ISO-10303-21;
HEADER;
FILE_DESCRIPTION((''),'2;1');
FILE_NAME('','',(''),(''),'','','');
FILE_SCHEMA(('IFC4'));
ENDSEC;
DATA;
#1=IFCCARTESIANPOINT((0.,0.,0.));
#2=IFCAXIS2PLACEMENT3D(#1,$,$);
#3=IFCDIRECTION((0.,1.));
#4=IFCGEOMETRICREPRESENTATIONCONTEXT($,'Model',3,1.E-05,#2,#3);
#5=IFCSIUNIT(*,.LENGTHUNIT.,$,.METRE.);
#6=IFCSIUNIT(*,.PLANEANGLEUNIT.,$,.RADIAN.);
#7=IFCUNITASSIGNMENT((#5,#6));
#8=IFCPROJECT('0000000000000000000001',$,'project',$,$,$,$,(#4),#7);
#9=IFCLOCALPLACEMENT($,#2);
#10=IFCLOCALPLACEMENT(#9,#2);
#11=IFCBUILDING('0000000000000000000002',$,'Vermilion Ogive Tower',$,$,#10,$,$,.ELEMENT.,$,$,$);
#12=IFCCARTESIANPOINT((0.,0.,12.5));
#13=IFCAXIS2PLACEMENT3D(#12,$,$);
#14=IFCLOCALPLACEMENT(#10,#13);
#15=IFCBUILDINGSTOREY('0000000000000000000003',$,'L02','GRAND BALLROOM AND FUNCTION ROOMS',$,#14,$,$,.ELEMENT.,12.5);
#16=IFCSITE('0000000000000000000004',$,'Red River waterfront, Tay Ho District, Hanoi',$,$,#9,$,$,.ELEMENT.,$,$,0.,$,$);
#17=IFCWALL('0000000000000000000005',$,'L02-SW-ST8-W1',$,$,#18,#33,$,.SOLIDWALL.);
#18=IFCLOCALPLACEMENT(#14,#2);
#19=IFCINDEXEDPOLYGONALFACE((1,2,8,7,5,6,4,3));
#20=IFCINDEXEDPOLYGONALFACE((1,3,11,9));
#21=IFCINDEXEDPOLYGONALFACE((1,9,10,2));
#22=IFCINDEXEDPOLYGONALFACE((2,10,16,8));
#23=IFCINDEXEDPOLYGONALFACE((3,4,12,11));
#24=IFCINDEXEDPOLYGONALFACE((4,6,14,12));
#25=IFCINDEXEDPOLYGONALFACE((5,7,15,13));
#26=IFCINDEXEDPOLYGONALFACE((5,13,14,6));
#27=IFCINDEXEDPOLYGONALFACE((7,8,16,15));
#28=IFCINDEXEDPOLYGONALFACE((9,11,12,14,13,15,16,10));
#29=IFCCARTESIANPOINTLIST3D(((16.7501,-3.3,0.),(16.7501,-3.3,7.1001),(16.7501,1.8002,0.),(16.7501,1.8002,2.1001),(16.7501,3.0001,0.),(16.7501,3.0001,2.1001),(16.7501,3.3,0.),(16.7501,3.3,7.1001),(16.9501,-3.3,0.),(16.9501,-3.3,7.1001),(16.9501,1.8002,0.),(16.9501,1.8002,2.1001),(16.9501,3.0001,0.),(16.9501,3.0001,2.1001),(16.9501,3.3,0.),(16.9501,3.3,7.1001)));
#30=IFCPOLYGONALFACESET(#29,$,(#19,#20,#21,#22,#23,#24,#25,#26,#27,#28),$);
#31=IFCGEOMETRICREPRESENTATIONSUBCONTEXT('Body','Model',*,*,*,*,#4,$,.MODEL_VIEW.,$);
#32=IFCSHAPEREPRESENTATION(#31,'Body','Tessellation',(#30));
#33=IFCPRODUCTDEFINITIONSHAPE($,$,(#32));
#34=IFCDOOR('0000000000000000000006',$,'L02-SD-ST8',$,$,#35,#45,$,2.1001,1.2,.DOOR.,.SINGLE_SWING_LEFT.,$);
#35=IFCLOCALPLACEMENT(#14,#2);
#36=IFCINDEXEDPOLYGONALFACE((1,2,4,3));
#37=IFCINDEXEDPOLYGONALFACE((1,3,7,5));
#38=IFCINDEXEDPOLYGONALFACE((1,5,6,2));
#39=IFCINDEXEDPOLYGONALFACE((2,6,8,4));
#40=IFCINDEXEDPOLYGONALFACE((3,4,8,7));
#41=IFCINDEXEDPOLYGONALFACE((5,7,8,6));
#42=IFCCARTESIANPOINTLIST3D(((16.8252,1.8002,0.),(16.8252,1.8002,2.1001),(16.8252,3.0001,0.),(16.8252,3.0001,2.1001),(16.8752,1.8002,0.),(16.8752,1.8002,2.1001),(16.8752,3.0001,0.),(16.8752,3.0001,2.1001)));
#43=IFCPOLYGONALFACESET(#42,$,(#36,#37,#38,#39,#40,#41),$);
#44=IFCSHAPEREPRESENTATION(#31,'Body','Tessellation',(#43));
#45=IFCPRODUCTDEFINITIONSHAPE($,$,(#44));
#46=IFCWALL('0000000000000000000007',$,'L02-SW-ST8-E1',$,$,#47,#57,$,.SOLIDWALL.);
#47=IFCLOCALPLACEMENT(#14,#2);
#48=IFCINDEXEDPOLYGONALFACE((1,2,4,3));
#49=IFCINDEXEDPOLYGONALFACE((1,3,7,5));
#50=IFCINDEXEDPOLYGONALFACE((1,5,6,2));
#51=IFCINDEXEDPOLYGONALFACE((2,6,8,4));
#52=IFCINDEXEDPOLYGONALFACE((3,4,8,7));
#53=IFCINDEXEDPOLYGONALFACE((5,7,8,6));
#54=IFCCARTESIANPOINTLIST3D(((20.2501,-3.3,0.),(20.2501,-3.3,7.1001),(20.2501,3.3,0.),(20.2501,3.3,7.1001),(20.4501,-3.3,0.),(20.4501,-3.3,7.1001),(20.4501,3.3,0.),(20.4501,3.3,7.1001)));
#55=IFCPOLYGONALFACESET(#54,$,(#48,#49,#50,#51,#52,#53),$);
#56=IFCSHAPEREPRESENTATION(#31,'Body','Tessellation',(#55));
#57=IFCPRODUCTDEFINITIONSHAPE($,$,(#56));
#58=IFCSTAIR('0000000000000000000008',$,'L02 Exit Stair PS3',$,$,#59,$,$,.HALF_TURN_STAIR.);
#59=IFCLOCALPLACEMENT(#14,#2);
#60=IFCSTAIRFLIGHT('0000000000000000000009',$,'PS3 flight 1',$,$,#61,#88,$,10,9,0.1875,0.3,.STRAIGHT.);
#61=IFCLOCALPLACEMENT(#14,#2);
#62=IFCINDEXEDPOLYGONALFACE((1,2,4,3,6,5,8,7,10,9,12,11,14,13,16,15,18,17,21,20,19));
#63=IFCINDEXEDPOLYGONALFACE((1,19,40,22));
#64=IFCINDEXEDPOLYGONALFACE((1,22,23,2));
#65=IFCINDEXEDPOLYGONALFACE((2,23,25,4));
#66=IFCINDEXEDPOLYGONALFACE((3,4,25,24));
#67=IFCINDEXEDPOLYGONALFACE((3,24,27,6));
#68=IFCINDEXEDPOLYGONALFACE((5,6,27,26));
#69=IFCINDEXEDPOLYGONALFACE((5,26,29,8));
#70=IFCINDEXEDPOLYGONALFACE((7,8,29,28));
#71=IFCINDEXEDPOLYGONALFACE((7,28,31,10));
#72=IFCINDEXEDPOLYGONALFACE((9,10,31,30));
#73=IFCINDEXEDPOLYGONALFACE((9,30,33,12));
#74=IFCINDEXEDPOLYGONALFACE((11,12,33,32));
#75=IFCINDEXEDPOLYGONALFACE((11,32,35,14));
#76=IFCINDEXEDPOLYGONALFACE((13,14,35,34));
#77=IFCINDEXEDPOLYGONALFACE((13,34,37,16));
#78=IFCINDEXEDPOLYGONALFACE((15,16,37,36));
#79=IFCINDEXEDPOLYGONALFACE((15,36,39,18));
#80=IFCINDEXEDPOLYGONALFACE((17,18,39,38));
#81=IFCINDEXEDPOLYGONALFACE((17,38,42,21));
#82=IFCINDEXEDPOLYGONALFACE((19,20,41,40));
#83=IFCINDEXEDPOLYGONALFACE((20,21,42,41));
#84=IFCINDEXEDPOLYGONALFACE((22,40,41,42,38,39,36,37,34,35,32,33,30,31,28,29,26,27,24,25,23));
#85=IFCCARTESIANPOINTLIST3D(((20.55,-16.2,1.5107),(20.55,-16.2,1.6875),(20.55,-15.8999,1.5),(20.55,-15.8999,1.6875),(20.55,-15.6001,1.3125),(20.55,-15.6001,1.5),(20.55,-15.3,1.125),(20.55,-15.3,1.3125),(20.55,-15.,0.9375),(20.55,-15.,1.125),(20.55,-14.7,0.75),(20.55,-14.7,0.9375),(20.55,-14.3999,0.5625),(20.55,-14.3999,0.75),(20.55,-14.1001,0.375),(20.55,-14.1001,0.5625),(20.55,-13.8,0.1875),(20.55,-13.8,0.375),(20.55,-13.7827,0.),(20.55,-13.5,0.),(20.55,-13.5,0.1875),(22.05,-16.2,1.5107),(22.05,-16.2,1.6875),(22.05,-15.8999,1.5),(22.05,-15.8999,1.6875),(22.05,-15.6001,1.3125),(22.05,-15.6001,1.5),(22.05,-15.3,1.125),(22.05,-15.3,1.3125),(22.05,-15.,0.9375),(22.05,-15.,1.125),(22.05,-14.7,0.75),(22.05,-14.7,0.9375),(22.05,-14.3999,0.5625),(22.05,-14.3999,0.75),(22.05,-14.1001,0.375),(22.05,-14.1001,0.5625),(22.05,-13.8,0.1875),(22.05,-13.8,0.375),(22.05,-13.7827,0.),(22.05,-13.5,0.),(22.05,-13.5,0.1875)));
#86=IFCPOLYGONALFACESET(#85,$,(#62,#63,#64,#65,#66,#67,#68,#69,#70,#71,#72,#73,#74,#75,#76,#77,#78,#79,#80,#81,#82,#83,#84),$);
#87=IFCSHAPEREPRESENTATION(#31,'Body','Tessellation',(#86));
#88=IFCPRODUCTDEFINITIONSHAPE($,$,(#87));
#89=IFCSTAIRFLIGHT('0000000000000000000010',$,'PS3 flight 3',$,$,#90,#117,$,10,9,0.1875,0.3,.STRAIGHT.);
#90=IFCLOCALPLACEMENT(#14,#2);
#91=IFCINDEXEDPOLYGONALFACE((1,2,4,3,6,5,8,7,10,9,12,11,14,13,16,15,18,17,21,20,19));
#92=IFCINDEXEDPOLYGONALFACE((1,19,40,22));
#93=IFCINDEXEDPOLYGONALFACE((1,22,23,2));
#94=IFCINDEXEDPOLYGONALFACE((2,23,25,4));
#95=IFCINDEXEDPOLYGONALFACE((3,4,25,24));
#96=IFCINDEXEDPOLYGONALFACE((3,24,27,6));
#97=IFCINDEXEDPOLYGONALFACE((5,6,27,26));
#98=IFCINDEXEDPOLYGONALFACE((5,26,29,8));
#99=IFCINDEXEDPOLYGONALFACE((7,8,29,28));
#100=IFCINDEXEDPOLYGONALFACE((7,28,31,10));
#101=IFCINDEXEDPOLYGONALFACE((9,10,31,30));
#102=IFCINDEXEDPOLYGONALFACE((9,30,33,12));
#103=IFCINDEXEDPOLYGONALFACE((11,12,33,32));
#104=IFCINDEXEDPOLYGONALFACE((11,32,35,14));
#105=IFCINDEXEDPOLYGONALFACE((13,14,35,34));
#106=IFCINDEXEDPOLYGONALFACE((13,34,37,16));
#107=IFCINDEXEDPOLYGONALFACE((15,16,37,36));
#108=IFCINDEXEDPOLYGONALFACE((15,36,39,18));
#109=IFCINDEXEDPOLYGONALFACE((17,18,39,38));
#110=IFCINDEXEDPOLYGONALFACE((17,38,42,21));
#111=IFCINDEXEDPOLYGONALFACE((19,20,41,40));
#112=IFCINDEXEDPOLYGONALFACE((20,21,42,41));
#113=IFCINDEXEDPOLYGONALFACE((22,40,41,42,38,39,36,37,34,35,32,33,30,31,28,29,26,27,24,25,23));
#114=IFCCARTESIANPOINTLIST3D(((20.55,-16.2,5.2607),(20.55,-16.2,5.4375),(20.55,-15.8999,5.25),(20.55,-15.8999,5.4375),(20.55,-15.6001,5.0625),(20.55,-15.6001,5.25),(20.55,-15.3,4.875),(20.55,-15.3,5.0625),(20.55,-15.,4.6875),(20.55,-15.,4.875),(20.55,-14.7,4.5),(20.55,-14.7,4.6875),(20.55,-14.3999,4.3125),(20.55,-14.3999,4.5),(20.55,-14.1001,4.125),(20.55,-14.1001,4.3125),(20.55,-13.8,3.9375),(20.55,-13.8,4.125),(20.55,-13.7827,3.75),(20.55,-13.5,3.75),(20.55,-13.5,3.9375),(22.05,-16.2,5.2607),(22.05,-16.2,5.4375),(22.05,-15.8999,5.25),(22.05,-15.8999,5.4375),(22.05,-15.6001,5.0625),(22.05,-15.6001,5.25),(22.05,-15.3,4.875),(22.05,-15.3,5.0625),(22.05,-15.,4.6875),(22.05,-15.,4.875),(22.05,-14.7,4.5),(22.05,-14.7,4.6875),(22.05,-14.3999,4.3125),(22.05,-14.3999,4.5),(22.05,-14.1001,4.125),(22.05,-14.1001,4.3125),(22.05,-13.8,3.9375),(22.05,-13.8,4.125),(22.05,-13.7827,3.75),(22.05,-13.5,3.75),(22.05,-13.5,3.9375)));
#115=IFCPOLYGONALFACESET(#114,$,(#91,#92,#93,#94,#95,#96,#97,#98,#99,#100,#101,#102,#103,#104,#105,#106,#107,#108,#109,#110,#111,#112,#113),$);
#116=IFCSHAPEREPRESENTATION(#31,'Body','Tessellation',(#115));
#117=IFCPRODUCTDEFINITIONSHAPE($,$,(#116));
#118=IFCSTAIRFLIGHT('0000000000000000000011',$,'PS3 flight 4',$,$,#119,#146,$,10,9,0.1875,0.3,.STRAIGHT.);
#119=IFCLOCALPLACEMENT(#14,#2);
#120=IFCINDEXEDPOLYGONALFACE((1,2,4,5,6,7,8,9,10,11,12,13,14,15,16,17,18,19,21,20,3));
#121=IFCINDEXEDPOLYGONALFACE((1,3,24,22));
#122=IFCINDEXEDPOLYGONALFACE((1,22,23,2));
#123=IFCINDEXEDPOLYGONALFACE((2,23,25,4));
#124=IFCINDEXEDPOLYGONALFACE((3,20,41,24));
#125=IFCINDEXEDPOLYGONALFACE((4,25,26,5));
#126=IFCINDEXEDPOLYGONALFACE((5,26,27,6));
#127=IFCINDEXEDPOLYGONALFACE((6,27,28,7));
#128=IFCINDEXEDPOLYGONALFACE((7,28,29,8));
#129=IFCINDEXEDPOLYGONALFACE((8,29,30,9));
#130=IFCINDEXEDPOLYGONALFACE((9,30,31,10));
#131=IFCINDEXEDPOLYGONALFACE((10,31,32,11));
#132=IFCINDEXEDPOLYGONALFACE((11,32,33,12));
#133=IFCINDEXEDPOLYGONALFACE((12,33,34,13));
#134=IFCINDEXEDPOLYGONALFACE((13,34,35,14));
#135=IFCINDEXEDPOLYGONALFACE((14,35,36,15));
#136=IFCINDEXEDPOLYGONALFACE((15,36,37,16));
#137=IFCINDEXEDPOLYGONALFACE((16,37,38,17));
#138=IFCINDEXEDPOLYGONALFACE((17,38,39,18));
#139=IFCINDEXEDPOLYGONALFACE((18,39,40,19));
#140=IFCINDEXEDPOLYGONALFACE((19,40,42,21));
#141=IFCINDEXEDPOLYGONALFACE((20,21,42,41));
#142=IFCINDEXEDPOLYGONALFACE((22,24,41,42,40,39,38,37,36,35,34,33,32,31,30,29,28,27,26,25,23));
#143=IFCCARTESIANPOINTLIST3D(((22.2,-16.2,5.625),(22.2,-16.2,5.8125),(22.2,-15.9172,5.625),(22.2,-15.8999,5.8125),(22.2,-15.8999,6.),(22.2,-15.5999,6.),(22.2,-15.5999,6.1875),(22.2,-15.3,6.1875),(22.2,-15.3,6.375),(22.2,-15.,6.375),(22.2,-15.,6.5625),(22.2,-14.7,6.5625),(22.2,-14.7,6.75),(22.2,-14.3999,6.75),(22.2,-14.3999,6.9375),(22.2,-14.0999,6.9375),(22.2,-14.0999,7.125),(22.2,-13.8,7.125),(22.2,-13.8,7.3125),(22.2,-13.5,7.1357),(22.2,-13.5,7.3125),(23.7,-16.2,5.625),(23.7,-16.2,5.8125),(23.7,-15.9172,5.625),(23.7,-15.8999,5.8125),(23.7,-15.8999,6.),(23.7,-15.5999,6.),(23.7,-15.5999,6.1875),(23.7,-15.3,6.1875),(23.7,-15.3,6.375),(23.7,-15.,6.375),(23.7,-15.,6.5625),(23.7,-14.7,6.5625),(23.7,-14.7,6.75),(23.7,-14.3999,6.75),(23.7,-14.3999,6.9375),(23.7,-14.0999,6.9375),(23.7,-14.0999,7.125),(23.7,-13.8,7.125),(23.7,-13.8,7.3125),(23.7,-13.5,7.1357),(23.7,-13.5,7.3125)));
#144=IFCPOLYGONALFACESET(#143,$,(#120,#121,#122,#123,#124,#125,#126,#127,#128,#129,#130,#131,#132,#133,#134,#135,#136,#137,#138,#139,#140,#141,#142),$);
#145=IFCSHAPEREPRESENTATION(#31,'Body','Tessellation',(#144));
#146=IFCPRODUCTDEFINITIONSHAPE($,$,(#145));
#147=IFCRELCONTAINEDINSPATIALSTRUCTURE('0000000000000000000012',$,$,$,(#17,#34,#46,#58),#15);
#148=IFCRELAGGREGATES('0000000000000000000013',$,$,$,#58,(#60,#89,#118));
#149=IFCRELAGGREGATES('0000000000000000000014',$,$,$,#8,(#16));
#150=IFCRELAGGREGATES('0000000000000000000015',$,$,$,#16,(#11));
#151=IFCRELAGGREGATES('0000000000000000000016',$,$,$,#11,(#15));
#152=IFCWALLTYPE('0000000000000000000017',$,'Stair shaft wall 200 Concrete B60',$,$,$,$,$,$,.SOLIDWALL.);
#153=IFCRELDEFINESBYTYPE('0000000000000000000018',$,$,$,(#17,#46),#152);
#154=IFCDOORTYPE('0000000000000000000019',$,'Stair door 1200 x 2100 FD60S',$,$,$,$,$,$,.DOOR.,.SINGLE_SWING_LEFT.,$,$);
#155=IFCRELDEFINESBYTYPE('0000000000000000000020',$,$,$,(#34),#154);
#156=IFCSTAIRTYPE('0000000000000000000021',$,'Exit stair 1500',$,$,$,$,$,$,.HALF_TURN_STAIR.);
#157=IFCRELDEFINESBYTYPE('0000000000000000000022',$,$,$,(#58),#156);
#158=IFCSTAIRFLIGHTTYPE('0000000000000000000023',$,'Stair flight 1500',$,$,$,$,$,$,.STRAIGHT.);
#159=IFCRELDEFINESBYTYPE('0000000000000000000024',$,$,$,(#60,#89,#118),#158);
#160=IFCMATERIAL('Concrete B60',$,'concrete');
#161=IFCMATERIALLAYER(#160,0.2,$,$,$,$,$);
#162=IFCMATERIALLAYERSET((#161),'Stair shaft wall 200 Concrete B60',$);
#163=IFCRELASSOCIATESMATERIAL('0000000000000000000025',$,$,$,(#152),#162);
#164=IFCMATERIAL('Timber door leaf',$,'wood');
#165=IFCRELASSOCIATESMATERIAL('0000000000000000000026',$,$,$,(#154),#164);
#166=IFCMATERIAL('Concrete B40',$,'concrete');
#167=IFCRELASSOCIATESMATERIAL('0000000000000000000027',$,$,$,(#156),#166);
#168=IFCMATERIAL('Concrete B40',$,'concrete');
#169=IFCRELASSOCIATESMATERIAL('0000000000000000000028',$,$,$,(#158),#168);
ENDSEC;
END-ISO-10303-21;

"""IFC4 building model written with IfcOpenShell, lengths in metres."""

from ifc_helpers import new_model, si_unit, direction, frame, frame_2d, origin, place, context, subcontext, project, spatial, polyline, rectangle, outline, extrude, material, layer, layer_set, type_object, element, fill, aggregate, save


model = new_model("IFC4")

# Units and contexts
model_context = context("Model", 3, precision=1e-05, world=origin(), true_north=direction((0.0, 1.0)))
body_context = subcontext(model_context, "Body", "Model", "MODEL_VIEW")
ifc_project = project(units=[si_unit("LENGTHUNIT", "METRE"), si_unit("PLANEANGLEUNIT", "RADIAN")], contexts=[model_context])

# Site, building, storey
site_placement = place(None, origin())
site = spatial("IfcSite", under=ifc_project, at=site_placement, Name="Red River waterfront, Tay Ho District, Hanoi", CompositionType="ELEMENT", RefElevation=0.0)
building_placement = place(site_placement, origin())
building = spatial("IfcBuilding", under=site, at=building_placement, Name="Vermilion Ogive Tower", CompositionType="ELEMENT")
storey_placement = place(building_placement, frame((0.0, 0.0, 12.5)))
storey = spatial("IfcBuildingStorey", under=building, at=storey_placement, Name="L02", Description="GRAND BALLROOM AND FUNCTION ROOMS", CompositionType="ELEMENT", Elevation=12.5)

# Wall, opening, door
ifc_material_1 = material(Name="Concrete B60", Category="concrete")
ifc_layer = layer(ifc_material_1, 0.2)
ifc_layer_set = layer_set([ifc_layer], Name="Stair shaft wall 200 Concrete B60")
wall_type = type_object("IfcWallType", Name="Stair shaft wall 200 Concrete B60", PredefinedType="SOLIDWALL", material=ifc_layer_set)
wall_1_placement = place(storey_placement, frame((16.8501, -3.3, 0.0), z_axis=(0.0, 0.0, 1.0), x_axis=(0.0, 1.0, 0.0)))
wall_1 = element("IfcWall", 1, at=wall_1_placement, inside=storey, type_object=wall_type, Name="L02-SW-ST8-W1", PredefinedType="SOLIDWALL", context=body_context, shape_type="SweptSolid", body=[
    extrude(rectangle(XDim=6.6001, YDim=0.2, at=frame_2d((3.3, 0.0))), origin(), (0.0, 0.0, 1.0), 7.1001),
])
opening_placement = place(wall_1_placement, frame((5.1001, 0.0, 0.0)))
opening = element("IfcOpeningElement", 2, at=opening_placement, cuts=wall_1, PredefinedType="OPENING", context=body_context, shape_type="SweptSolid", body=[
    extrude(rectangle(XDim=1.2, YDim=2.1001, at=frame_2d((0.6001, 1.05))), frame((0.0, 0.1099, 0.0), z_axis=(0.0, -1.0, 0.0), x_axis=(1.0, 0.0, 0.0)), (0.0, 0.0, 1.0), 0.22),
])
ifc_material_2 = material(Name="Timber door leaf", Category="wood")
door_type = type_object("IfcDoorType", Name="Stair door 1200 x 2100 FD60S", OperationType="SINGLE_SWING_LEFT", PredefinedType="DOOR", material=ifc_material_2)
door_placement = place(opening_placement, origin())
door = element("IfcDoor", 3, at=door_placement, inside=storey, type_object=door_type, Name="L02-SD-ST8", OperationType="SINGLE_SWING_LEFT", OverallHeight=2.1001, OverallWidth=1.2, PredefinedType="DOOR", context=body_context, shape_type="SweptSolid", body=[
    extrude(rectangle(XDim=1.2, YDim=2.1001, at=frame_2d((0.6001, 1.05))), frame((0.0, 0.0249, 0.0), z_axis=(0.0, -1.0, 0.0), x_axis=(1.0, 0.0, 0.0)), (0.0, 0.0, 1.0), 0.05),
])
fill(opening, door)

# Wall
wall_2_placement = place(storey_placement, frame((20.3501, -3.3, 0.0), z_axis=(0.0, 0.0, 1.0), x_axis=(0.0, 1.0, 0.0)))
element("IfcWall", 4, at=wall_2_placement, inside=storey, type_object=wall_type, Name="L02-SW-ST8-E1", PredefinedType="SOLIDWALL", context=body_context, shape_type="SweptSolid", body=[
    extrude(rectangle(XDim=6.6001, YDim=0.2, at=frame_2d((3.3, 0.0))), origin(), (0.0, 0.0, 1.0), 7.1001),
])

# Stair, stair flights
ifc_material_3 = material(Name="Concrete B40", Category="concrete")
stair_type = type_object("IfcStairType", Name="Exit stair 1500", PredefinedType="HALF_TURN_STAIR", material=ifc_material_3)
stair_placement = place(storey_placement, origin())
stair = element("IfcStair", 5, at=stair_placement, inside=storey, type_object=stair_type, Name="L02 Exit Stair PS3", PredefinedType="HALF_TURN_STAIR")
ifc_material_4 = material(Name="Concrete B40", Category="concrete")
stair_flight_type = type_object("IfcStairFlightType", Name="Stair flight 1500", PredefinedType="STRAIGHT", material=ifc_material_4)
stair_flight_1_placement = place(storey_placement, frame((21.3, -13.5, 0.0), z_axis=(0.0, 0.0, 1.0), x_axis=(0.0, -1.0, 0.0)))
stair_flight_1 = element("IfcStairFlight", 6, at=stair_flight_1_placement, type_object=stair_flight_type, Name="PS3 flight 1", NumberOfRisers=10, NumberOfTreads=9, PredefinedType="STRAIGHT", RiserHeight=0.1875, TreadLength=0.3, context=body_context, shape_type="SweptSolid", body=[
    extrude(outline(polyline([(0.0, 0.0), (0.0, 0.1875), (0.3, 0.1875), (0.3, 0.375), (0.6001, 0.375), (0.6001, 0.5625), (0.8999, 0.5625), (0.8999, 0.75), (1.2, 0.75), (1.2, 0.9375), (1.5, 0.9375), (1.5, 1.125), (1.8, 1.125), (1.8, 1.3125), (2.1001, 1.3125), (2.1001, 1.5), (2.3999, 1.5), (2.3999, 1.6875), (2.7, 1.6875), (2.7, 1.875), (2.7, 1.5107), (0.2827, 0.0), (0.0, 0.0)])), frame((0.0, 0.75, 0.0), z_axis=(0.0, -1.0, 0.0), x_axis=(1.0, 0.0, 0.0)), (0.0, 0.0, 1.0), 1.5),
])
stair_flight_2_placement = place(storey_placement, frame((21.3, -13.5, 3.75), z_axis=(0.0, 0.0, 1.0), x_axis=(0.0, -1.0, 0.0)))
stair_flight_2 = element("IfcStairFlight", 7, at=stair_flight_2_placement, type_object=stair_flight_type, Name="PS3 flight 3", NumberOfRisers=10, NumberOfTreads=9, PredefinedType="STRAIGHT", RiserHeight=0.1875, TreadLength=0.3, context=body_context, shape_type="SweptSolid", body=[
    extrude(outline(polyline([(0.0, 0.0), (0.0, 0.1875), (0.3, 0.1875), (0.3, 0.375), (0.6001, 0.375), (0.6001, 0.5625), (0.8999, 0.5625), (0.8999, 0.75), (1.2, 0.75), (1.2, 0.9375), (1.5, 0.9375), (1.5, 1.125), (1.8, 1.125), (1.8, 1.3125), (2.1001, 1.3125), (2.1001, 1.5), (2.3999, 1.5), (2.3999, 1.6875), (2.7, 1.6875), (2.7, 1.875), (2.7, 1.5107), (0.2827, 0.0), (0.0, 0.0)])), frame((0.0, 0.75, 0.0), z_axis=(0.0, -1.0, 0.0), x_axis=(1.0, 0.0, 0.0)), (0.0, 0.0, 1.0), 1.5),
])
stair_flight_3_placement = place(storey_placement, frame((22.95, -16.2, 5.625), z_axis=(0.0, 0.0, 1.0), x_axis=(0.0, 1.0, 0.0)))
stair_flight_3 = element("IfcStairFlight", 8, at=stair_flight_3_placement, type_object=stair_flight_type, Name="PS3 flight 4", NumberOfRisers=10, NumberOfTreads=9, PredefinedType="STRAIGHT", RiserHeight=0.1875, TreadLength=0.3, context=body_context, shape_type="SweptSolid", body=[
    extrude(outline(polyline([(0.0, 0.0), (0.0, 0.1875), (0.3, 0.1875), (0.3, 0.375), (0.6001, 0.375), (0.6001, 0.5625), (0.8999, 0.5625), (0.8999, 0.75), (1.2, 0.75), (1.2, 0.9375), (1.5, 0.9375), (1.5, 1.125), (1.8, 1.125), (1.8, 1.3125), (2.1001, 1.3125), (2.1001, 1.5), (2.3999, 1.5), (2.3999, 1.6875), (2.7, 1.6875), (2.7, 1.875), (2.7, 1.5107), (0.2827, 0.0), (0.0, 0.0)])), frame((0.0, 0.75, 0.0), z_axis=(0.0, -1.0, 0.0), x_axis=(1.0, 0.0, 0.0)), (0.0, 0.0, 1.0), 1.5),
])
aggregate(stair, [stair_flight_1, stair_flight_2, stair_flight_3])

save(model, "model.ifc")
